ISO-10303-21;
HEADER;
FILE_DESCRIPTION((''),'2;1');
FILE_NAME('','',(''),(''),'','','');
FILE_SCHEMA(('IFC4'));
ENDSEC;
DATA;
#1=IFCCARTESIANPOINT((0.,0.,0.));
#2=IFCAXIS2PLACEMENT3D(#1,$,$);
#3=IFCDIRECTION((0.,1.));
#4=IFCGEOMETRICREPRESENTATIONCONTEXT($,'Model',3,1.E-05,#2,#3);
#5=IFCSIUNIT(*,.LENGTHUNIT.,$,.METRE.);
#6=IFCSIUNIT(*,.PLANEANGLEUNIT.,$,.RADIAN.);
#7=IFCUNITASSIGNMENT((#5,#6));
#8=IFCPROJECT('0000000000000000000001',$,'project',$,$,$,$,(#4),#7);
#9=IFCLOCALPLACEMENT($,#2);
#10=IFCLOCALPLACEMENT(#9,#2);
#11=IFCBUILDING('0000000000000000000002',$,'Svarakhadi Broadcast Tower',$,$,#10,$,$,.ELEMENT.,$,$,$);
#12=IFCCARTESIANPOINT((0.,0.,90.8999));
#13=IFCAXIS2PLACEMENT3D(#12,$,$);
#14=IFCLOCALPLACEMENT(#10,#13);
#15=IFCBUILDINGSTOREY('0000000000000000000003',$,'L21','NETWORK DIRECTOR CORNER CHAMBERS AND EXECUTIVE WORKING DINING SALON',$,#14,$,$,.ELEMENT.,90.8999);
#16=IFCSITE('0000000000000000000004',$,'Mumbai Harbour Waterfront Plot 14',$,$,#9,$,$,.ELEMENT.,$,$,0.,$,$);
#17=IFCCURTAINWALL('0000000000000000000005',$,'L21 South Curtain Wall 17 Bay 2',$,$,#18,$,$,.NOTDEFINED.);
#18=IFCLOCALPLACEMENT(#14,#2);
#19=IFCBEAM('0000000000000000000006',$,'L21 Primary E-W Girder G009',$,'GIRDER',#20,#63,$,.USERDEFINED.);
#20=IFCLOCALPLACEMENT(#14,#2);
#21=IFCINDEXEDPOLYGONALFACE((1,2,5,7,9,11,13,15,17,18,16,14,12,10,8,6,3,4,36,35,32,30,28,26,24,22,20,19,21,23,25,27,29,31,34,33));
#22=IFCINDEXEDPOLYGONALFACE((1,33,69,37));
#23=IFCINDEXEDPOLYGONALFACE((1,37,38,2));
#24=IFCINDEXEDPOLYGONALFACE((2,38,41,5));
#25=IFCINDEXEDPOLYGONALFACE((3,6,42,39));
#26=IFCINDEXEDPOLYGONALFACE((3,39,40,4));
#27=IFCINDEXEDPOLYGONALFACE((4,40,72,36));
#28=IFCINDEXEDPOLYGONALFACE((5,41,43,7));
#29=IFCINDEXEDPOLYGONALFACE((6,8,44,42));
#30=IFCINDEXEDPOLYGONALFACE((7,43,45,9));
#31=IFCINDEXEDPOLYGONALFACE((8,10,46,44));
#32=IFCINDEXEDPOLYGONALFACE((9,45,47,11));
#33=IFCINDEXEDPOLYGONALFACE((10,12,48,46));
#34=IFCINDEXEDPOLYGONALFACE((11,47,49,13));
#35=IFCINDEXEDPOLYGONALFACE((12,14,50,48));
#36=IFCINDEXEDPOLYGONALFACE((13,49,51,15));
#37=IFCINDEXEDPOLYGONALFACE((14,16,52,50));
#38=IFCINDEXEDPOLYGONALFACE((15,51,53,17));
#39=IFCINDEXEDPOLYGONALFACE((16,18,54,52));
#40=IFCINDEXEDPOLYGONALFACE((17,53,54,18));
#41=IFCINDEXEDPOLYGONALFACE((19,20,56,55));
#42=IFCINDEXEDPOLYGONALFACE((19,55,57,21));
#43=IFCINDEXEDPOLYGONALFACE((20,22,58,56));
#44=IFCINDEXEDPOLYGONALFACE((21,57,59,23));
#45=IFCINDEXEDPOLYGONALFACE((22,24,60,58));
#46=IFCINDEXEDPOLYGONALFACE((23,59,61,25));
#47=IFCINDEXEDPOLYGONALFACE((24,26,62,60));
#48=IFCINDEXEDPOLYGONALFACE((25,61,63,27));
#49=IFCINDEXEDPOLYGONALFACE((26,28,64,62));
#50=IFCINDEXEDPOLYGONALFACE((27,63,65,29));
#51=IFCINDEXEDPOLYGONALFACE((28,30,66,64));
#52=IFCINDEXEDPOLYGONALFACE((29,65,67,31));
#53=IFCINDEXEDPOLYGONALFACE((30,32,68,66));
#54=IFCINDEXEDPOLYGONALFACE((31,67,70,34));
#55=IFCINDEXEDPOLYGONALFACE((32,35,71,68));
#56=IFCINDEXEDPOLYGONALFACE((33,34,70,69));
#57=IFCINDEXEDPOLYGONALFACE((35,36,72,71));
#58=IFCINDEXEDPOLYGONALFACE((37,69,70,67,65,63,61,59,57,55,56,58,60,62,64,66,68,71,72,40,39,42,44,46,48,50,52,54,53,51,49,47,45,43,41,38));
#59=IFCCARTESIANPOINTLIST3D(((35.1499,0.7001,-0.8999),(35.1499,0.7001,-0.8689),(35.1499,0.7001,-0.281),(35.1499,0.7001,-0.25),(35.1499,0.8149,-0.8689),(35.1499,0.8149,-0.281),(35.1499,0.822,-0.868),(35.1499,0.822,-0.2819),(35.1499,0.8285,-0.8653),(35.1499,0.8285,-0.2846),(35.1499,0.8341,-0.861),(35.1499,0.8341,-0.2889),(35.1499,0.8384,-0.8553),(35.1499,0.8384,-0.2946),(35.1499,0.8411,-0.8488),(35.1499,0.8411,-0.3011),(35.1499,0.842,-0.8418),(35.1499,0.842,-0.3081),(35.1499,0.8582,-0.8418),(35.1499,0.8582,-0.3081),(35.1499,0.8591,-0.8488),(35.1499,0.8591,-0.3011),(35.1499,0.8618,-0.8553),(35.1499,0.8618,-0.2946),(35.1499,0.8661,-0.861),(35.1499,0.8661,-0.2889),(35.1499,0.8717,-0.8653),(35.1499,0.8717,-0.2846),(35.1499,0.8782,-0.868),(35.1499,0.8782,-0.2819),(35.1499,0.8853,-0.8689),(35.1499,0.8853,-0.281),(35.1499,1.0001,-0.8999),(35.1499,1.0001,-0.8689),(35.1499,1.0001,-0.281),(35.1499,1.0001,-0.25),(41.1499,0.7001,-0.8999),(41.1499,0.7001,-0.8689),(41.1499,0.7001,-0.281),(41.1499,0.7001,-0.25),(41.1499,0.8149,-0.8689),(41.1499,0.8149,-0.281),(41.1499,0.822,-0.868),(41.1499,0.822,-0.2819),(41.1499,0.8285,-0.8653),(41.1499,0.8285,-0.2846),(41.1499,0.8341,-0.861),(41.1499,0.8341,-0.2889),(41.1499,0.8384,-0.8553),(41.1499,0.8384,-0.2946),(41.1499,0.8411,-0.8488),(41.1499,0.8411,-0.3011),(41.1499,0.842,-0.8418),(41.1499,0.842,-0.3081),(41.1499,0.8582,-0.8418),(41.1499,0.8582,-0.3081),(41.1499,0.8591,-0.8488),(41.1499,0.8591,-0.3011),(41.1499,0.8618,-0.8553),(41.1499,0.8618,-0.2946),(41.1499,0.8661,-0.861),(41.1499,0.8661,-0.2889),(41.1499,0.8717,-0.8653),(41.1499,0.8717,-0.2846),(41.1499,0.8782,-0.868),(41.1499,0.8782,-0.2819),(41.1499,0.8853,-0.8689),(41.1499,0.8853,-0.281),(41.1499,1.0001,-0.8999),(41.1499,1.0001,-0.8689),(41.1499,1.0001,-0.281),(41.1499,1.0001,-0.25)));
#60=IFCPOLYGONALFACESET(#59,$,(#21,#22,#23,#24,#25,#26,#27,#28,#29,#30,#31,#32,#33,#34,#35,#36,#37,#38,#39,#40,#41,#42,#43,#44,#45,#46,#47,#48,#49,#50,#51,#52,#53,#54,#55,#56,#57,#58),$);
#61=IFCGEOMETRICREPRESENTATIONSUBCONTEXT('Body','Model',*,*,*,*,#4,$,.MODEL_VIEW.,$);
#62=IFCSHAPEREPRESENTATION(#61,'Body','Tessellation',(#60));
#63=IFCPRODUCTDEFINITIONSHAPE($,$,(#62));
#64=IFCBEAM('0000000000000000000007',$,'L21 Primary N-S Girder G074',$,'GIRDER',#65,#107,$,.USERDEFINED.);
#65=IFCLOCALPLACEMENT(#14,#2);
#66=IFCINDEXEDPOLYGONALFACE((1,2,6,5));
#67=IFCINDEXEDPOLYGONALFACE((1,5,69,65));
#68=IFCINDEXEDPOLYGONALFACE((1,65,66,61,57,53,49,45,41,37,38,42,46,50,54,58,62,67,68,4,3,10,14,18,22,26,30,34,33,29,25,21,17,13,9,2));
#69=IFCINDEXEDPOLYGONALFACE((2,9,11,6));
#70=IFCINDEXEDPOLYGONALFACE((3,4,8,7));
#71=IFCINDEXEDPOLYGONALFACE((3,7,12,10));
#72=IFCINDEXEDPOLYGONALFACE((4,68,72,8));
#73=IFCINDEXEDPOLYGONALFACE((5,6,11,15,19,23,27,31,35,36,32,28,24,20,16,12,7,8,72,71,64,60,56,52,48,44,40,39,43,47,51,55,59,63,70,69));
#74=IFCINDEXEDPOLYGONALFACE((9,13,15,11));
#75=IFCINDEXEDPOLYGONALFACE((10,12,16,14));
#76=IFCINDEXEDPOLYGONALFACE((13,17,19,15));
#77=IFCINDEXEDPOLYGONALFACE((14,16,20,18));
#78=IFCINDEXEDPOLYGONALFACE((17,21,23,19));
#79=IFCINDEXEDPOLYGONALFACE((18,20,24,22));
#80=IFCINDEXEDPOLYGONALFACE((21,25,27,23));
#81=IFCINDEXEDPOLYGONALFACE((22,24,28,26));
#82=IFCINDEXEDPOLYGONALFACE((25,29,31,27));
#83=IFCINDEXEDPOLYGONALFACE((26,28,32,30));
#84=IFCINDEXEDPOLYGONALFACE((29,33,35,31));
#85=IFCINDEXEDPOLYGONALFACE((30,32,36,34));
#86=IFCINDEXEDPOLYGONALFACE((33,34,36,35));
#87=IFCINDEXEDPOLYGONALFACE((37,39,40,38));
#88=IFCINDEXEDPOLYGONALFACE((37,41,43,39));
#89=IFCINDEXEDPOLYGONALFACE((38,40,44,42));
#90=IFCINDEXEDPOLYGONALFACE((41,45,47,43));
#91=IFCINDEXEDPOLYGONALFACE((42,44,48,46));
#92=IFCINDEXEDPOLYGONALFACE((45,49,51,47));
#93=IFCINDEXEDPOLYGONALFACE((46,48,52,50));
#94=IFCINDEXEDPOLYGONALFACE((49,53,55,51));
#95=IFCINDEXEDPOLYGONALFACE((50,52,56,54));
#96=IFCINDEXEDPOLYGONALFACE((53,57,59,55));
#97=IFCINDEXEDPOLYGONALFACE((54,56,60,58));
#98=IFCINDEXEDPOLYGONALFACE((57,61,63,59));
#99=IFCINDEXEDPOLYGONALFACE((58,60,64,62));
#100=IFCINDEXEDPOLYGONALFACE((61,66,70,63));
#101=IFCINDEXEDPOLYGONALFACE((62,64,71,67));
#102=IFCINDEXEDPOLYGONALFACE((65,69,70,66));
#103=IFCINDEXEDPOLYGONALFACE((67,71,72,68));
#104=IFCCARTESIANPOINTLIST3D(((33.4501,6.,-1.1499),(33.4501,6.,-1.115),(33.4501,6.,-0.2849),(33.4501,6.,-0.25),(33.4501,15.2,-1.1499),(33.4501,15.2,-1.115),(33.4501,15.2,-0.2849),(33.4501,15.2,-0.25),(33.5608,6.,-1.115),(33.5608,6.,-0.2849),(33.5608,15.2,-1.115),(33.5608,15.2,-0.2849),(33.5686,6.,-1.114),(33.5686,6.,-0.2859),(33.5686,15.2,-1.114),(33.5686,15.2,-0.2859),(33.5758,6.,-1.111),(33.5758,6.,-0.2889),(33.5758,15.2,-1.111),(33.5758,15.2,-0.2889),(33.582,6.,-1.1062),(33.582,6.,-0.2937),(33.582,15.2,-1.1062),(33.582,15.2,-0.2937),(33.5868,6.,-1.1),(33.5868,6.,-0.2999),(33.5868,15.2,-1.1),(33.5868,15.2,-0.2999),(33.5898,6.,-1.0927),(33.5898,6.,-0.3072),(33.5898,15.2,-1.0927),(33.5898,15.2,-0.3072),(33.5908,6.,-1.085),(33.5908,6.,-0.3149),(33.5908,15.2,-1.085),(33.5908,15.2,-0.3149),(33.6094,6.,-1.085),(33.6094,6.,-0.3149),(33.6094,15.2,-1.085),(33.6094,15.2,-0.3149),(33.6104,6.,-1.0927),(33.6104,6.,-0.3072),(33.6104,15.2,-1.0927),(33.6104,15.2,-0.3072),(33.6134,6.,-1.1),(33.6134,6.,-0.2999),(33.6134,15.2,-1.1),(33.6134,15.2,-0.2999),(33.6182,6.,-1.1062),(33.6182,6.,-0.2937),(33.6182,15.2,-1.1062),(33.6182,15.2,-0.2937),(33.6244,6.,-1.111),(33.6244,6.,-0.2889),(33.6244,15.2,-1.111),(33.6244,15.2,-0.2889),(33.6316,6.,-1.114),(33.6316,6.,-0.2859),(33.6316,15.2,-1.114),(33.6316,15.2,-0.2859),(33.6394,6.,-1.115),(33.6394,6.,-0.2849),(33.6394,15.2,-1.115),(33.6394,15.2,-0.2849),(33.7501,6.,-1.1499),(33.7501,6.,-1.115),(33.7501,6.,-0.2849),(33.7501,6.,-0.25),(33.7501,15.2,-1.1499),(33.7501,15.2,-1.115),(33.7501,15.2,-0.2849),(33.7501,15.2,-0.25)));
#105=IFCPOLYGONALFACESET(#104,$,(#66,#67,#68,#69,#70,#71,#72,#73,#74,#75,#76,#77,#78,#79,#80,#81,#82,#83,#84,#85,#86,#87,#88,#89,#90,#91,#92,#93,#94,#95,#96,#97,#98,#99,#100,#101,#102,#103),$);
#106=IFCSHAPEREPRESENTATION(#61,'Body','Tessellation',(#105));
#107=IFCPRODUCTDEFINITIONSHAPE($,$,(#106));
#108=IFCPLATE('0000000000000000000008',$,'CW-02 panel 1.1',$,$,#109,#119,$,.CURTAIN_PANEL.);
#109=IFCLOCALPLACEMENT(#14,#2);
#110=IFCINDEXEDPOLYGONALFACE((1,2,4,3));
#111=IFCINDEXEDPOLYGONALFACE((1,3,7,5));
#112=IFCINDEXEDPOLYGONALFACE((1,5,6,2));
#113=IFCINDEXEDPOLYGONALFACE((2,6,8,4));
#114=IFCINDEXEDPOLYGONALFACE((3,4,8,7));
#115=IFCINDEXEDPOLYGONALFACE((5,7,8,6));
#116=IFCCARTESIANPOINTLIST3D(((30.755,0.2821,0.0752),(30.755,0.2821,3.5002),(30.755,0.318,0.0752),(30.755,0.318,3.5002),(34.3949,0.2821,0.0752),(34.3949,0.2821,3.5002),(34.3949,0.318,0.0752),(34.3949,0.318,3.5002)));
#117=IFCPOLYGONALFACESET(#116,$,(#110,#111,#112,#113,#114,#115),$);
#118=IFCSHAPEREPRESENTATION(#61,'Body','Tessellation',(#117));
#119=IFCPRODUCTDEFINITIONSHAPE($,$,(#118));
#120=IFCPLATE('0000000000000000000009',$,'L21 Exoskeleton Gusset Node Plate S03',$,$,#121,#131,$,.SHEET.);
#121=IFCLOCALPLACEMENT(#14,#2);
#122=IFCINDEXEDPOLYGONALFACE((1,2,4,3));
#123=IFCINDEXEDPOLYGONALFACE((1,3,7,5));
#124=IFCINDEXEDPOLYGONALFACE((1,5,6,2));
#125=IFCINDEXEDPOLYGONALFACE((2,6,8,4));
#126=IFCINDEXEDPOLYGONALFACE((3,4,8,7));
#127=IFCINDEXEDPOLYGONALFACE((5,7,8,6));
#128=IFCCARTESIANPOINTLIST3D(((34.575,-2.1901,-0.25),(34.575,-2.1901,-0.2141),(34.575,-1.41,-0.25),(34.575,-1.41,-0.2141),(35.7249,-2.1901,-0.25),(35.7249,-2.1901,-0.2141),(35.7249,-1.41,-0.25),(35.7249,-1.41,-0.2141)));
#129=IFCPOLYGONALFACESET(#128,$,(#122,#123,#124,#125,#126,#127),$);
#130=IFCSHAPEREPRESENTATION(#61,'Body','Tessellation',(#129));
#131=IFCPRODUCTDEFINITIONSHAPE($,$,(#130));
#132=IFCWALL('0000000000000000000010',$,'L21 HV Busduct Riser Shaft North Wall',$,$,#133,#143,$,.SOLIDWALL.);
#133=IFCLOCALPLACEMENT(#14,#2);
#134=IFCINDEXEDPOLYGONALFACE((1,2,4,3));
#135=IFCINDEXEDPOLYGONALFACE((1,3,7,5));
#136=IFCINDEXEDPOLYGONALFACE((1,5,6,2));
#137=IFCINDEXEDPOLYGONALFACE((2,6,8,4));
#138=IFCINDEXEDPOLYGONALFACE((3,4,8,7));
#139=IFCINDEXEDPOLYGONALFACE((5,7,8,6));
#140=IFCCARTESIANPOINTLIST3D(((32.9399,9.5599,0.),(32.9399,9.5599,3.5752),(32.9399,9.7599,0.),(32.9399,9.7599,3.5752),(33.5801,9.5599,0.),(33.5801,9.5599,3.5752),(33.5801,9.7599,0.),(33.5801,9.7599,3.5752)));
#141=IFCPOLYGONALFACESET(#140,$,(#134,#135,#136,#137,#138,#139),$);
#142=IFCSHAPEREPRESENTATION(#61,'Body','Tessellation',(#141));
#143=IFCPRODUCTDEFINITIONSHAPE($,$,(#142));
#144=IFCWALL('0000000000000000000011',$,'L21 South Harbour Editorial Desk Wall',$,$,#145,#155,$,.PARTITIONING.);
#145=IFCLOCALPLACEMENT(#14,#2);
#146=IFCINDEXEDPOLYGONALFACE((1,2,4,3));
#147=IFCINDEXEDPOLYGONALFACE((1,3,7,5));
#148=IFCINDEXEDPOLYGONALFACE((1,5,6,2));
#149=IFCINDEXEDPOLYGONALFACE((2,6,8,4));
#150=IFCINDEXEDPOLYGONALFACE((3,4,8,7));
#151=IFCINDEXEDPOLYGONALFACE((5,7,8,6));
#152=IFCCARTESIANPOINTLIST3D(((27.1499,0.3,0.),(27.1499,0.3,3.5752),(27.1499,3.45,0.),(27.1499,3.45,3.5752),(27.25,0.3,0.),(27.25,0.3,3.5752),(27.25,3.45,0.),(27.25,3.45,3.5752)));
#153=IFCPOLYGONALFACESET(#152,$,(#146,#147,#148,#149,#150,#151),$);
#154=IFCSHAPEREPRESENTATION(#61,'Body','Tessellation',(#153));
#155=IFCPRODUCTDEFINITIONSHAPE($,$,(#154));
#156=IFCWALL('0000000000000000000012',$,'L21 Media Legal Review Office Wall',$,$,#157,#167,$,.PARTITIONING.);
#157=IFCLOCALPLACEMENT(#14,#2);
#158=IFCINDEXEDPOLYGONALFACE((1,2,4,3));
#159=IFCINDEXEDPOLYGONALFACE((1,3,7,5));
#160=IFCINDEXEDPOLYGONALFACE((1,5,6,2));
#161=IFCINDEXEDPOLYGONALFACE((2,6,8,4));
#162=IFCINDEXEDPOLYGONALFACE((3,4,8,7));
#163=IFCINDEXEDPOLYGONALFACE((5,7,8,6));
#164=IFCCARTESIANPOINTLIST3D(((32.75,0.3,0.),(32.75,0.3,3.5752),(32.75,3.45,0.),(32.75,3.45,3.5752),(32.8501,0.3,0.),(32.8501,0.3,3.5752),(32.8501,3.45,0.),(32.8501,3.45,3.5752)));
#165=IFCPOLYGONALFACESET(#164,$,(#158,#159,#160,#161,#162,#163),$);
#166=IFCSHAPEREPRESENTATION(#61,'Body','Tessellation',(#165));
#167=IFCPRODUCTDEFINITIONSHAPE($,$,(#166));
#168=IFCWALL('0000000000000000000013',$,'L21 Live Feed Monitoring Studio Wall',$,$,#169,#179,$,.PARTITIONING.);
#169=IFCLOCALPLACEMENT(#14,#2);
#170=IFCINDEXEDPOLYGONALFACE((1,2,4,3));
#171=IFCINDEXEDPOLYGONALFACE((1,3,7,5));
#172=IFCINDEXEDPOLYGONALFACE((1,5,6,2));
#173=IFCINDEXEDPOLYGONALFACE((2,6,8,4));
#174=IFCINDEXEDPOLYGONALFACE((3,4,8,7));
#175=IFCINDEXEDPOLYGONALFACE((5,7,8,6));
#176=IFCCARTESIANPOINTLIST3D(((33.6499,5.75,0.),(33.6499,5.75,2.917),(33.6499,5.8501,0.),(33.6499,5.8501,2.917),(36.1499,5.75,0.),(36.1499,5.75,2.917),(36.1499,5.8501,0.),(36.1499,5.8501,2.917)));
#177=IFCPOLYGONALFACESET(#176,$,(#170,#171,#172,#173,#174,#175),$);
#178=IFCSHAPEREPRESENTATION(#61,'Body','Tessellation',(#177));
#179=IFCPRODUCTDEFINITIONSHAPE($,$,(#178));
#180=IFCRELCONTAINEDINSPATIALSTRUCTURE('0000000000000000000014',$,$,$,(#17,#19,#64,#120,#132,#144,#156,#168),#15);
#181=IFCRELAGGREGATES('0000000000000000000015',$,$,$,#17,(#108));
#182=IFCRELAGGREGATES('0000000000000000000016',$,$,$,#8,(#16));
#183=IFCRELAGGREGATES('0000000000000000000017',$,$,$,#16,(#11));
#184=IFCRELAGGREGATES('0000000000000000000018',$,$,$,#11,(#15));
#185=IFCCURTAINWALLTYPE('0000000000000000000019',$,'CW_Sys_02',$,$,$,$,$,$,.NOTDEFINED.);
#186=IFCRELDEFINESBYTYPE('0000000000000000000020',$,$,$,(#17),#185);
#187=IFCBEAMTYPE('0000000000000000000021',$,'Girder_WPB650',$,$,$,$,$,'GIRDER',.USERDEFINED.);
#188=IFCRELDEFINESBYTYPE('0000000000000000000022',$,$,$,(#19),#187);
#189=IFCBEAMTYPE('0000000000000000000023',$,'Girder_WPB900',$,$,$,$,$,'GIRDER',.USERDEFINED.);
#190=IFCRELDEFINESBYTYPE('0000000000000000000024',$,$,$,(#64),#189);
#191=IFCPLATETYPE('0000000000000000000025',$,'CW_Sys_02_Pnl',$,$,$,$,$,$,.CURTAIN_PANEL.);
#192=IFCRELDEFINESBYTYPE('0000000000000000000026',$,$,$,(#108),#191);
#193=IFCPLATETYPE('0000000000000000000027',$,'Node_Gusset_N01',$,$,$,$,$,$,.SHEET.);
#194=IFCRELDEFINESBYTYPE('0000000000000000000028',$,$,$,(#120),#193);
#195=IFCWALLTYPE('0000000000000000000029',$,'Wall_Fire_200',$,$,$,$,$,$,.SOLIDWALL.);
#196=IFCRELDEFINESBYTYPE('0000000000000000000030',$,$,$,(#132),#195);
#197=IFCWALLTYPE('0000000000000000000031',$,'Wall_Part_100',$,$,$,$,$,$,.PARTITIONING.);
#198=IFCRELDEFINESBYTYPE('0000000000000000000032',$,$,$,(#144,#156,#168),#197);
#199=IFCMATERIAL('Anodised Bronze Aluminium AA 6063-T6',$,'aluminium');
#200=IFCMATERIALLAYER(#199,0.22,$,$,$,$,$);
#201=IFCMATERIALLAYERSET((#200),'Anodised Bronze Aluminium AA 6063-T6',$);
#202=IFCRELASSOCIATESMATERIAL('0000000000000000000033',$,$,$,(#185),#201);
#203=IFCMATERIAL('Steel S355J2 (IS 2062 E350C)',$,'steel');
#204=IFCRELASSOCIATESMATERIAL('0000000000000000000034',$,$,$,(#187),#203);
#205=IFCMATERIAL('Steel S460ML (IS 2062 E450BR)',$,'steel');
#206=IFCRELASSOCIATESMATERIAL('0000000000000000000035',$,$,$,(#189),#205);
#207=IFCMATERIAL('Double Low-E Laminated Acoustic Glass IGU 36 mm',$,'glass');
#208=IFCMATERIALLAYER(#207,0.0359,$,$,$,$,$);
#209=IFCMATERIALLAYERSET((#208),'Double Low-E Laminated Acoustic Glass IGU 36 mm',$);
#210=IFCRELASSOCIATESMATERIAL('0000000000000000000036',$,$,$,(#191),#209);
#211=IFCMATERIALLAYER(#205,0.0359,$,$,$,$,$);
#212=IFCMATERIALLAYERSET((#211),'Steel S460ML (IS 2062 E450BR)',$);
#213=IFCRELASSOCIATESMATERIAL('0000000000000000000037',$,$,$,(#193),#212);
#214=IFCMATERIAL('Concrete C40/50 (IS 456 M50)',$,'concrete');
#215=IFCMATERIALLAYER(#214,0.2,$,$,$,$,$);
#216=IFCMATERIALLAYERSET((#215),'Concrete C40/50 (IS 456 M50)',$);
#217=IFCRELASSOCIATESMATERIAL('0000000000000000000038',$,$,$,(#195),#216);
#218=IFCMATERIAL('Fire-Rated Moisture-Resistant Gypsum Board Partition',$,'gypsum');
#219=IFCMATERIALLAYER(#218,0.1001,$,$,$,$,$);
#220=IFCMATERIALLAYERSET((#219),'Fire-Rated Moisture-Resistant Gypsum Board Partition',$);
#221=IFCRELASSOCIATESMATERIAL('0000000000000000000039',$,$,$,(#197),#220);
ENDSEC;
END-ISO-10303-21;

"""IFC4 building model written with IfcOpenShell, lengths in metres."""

from ifc_helpers import new_model, si_unit, direction, frame, frame_2d, origin, origin_2d, place, context, subcontext, project, spatial, rectangle, i_section, extrude, material, layer, layer_set, material_profile, profile_set, type_object, element, aggregate, save


model = new_model("IFC4")

# Units and contexts
model_context = context("Model", 3, precision=1e-05, world=origin(), true_north=direction((0.0, 1.0)))
body_context = subcontext(model_context, "Body", "Model", "MODEL_VIEW")
ifc_project = project(units=[si_unit("LENGTHUNIT", "METRE"), si_unit("PLANEANGLEUNIT", "RADIAN")], contexts=[model_context])

# Site, building, storey
site_placement = place(None, origin())
site = spatial("IfcSite", under=ifc_project, at=site_placement, Name="Mumbai Harbour Waterfront Plot 14", CompositionType="ELEMENT", RefElevation=0.0)
building_placement = place(site_placement, origin())
building = spatial("IfcBuilding", under=site, at=building_placement, Name="Svarakhadi Broadcast Tower", CompositionType="ELEMENT")
storey_placement = place(building_placement, frame((0.0, 0.0, 90.8999)))
storey = spatial("IfcBuildingStorey", under=building, at=storey_placement, Name="L21", Description="NETWORK DIRECTOR CORNER CHAMBERS AND EXECUTIVE WORKING DINING SALON", CompositionType="ELEMENT", Elevation=90.8999)

# Curtain wall
ifc_material_1 = material(Name="Anodised Bronze Aluminium AA 6063-T6", Category="aluminium")
ifc_layer_1 = layer(ifc_material_1, 0.22)
ifc_layer_set_1 = layer_set([ifc_layer_1], Name="Anodised Bronze Aluminium AA 6063-T6")
curtain_wall_type = type_object("IfcCurtainWallType", Name="CW_Sys_02", PredefinedType="NOTDEFINED", material=ifc_layer_set_1)
curtain_wall_1_placement = place(storey_placement, origin())
curtain_wall_1 = element("IfcCurtainWall", 1, at=curtain_wall_1_placement, inside=storey, type_object=curtain_wall_type, Name="L21 South Curtain Wall 17 Bay 2", PredefinedType="NOTDEFINED")

# Shared definitions
ifc_material_2 = material(Name="Steel S460ML (IS 2062 E450BR)", Category="steel")

# Beams
ifc_material_3 = material(Name="Steel S355J2 (IS 2062 E350C)", Category="steel")
ifc_material_profile_1 = material_profile(ifc_material_3, i_section(OverallWidth=0.3, OverallDepth=0.6499, WebThickness=0.0161, FlangeThickness=0.031, FilletRadius=0.0271, at=origin_2d()), Name="WPB 650x300x225")
ifc_profile_set_1 = profile_set([ifc_material_profile_1], Name="Steel S355J2 (IS 2062 E350C)")
beam_type_1 = type_object("IfcBeamType", Name="Girder_WPB650", ElementType="GIRDER", PredefinedType="USERDEFINED", material=ifc_profile_set_1)
beam_1_placement = place(storey_placement, frame((35.1499, 0.8501, -0.575), z_axis=(1.0, 0.0, 0.0), x_axis=(0.0, 1.0, 0.0)))
element("IfcBeam", 2, at=beam_1_placement, inside=storey, type_object=beam_type_1, Name="L21 Primary E-W Girder G009", ObjectType="GIRDER", PredefinedType="USERDEFINED", context=body_context, shape_type="SweptSolid", body=[
    extrude(i_section(OverallWidth=0.3, OverallDepth=0.6499, WebThickness=0.0161, FlangeThickness=0.031, FilletRadius=0.0271, at=origin_2d()), origin(), (0.0, 0.0, 1.0), 6.0),
])
ifc_material_profile_2 = material_profile(ifc_material_2, i_section(OverallWidth=0.3, OverallDepth=0.8999, WebThickness=0.0186, FlangeThickness=0.0349, FilletRadius=0.03, at=origin_2d()), Name="WPB 900x300x291")
ifc_profile_set_2 = profile_set([ifc_material_profile_2], Name="Steel S460ML (IS 2062 E450BR)")
beam_type_2 = type_object("IfcBeamType", Name="Girder_WPB900", ElementType="GIRDER", PredefinedType="USERDEFINED", material=ifc_profile_set_2)
beam_2_placement = place(storey_placement, frame((33.6001, 6.0, -0.7), z_axis=(0.0, 1.0, 0.0), x_axis=(-1.0, 0.0, 0.0)))
element("IfcBeam", 3, at=beam_2_placement, inside=storey, type_object=beam_type_2, Name="L21 Primary N-S Girder G074", ObjectType="GIRDER", PredefinedType="USERDEFINED", context=body_context, shape_type="SweptSolid", body=[
    extrude(i_section(OverallWidth=0.3, OverallDepth=0.8999, WebThickness=0.0186, FlangeThickness=0.0349, FilletRadius=0.03, at=origin_2d()), origin(), (0.0, 0.0, 1.0), 9.2),
])

# Plates
ifc_material_4 = material(Name="Double Low-E Laminated Acoustic Glass IGU 36 mm", Category="glass")
ifc_layer_2 = layer(ifc_material_4, 0.0359)
ifc_layer_set_2 = layer_set([ifc_layer_2], Name="Double Low-E Laminated Acoustic Glass IGU 36 mm")
plate_type_1 = type_object("IfcPlateType", Name="CW_Sys_02_Pnl", PredefinedType="CURTAIN_PANEL", material=ifc_layer_set_2)
plate_1_placement = place(storey_placement, frame((32.575, 0.3, 0.0752), z_axis=(0.0, 0.0, 1.0), x_axis=(-1.0, 0.0, 0.0)))
plate_1 = element("IfcPlate", 4, at=plate_1_placement, type_object=plate_type_1, Name="CW-02 panel 1.1", PredefinedType="CURTAIN_PANEL", context=body_context, shape_type="SweptSolid", body=[
    extrude(rectangle(XDim=3.6399, YDim=0.0359, at=origin_2d()), origin(), (0.0, 0.0, 1.0), 3.425),
])
aggregate(curtain_wall_1, [plate_1])
ifc_layer_3 = layer(ifc_material_2, 0.0359)
ifc_layer_set_3 = layer_set([ifc_layer_3], Name="Steel S460ML (IS 2062 E450BR)")
plate_type_2 = type_object("IfcPlateType", Name="Node_Gusset_N01", PredefinedType="SHEET", material=ifc_layer_set_3)
plate_2_placement = place(storey_placement, frame((35.1499, -1.8, -0.25), z_axis=(0.0, 0.0, 1.0), x_axis=(1.0, 0.0, 0.0)))
element("IfcPlate", 5, at=plate_2_placement, inside=storey, type_object=plate_type_2, Name="L21 Exoskeleton Gusset Node Plate S03", PredefinedType="SHEET", context=body_context, shape_type="SweptSolid", body=[
    extrude(rectangle(XDim=1.1499, YDim=0.78, at=origin_2d()), origin(), (0.0, 0.0, 1.0), 0.0359),
])

# Walls
ifc_material_5 = material(Name="Concrete C40/50 (IS 456 M50)", Category="concrete")
ifc_layer_4 = layer(ifc_material_5, 0.2)
ifc_layer_set_4 = layer_set([ifc_layer_4], Name="Concrete C40/50 (IS 456 M50)")
wall_type_1 = type_object("IfcWallType", Name="Wall_Fire_200", PredefinedType="SOLIDWALL", material=ifc_layer_set_4)
wall_1_placement = place(storey_placement, frame((32.9399, 9.6599, 0.0), z_axis=(0.0, 0.0, 1.0), x_axis=(1.0, 0.0, 0.0)))
element("IfcWall", 6, at=wall_1_placement, inside=storey, type_object=wall_type_1, Name="L21 HV Busduct Riser Shaft North Wall", PredefinedType="SOLIDWALL", context=body_context, shape_type="SweptSolid", body=[
    extrude(rectangle(XDim=0.6401, YDim=0.2, at=frame_2d((0.3201, 0.0))), origin(), (0.0, 0.0, 1.0), 3.5752),
])
ifc_material_6 = material(Name="Fire-Rated Moisture-Resistant Gypsum Board Partition", Category="gypsum")
ifc_layer_5 = layer(ifc_material_6, 0.1001)
ifc_layer_set_5 = layer_set([ifc_layer_5], Name="Fire-Rated Moisture-Resistant Gypsum Board Partition")
wall_type_2 = type_object("IfcWallType", Name="Wall_Part_100", PredefinedType="PARTITIONING", material=ifc_layer_set_5)
for number, where, z_axis, x_axis, name in (
    (7, (27.2, 0.3, 0.0), (0.0, 0.0, 1.0), (0.0, 1.0, 0.0), "L21 South Harbour Editorial Desk Wall"),
    (8, (32.8, 0.3, 0.0), (0.0, 0.0, 1.0), (0.0, 1.0, 0.0), "L21 Media Legal Review Office Wall"),
):
    element("IfcWall", number, at=place(storey_placement, frame(where, z_axis=z_axis, x_axis=x_axis)), inside=storey, type_object=wall_type_2, Name=name, PredefinedType="PARTITIONING", context=body_context, shape_type="SweptSolid", body=[
        extrude(rectangle(XDim=3.1499, YDim=0.1001, at=frame_2d((1.575, 0.0))), origin(), (0.0, 0.0, 1.0), 3.5752),
    ])
wall_2_placement = place(storey_placement, frame((33.6499, 5.8, 0.0), z_axis=(0.0, 0.0, 1.0), x_axis=(1.0, 0.0, 0.0)))
element("IfcWall", 9, at=wall_2_placement, inside=storey, type_object=wall_type_2, Name="L21 Live Feed Monitoring Studio Wall", PredefinedType="PARTITIONING", context=body_context, shape_type="SweptSolid", body=[
    extrude(rectangle(XDim=2.5, YDim=0.1001, at=frame_2d((1.25, 0.0))), origin(), (0.0, 0.0, 1.0), 2.917),
])

save(model, "model.ifc")
